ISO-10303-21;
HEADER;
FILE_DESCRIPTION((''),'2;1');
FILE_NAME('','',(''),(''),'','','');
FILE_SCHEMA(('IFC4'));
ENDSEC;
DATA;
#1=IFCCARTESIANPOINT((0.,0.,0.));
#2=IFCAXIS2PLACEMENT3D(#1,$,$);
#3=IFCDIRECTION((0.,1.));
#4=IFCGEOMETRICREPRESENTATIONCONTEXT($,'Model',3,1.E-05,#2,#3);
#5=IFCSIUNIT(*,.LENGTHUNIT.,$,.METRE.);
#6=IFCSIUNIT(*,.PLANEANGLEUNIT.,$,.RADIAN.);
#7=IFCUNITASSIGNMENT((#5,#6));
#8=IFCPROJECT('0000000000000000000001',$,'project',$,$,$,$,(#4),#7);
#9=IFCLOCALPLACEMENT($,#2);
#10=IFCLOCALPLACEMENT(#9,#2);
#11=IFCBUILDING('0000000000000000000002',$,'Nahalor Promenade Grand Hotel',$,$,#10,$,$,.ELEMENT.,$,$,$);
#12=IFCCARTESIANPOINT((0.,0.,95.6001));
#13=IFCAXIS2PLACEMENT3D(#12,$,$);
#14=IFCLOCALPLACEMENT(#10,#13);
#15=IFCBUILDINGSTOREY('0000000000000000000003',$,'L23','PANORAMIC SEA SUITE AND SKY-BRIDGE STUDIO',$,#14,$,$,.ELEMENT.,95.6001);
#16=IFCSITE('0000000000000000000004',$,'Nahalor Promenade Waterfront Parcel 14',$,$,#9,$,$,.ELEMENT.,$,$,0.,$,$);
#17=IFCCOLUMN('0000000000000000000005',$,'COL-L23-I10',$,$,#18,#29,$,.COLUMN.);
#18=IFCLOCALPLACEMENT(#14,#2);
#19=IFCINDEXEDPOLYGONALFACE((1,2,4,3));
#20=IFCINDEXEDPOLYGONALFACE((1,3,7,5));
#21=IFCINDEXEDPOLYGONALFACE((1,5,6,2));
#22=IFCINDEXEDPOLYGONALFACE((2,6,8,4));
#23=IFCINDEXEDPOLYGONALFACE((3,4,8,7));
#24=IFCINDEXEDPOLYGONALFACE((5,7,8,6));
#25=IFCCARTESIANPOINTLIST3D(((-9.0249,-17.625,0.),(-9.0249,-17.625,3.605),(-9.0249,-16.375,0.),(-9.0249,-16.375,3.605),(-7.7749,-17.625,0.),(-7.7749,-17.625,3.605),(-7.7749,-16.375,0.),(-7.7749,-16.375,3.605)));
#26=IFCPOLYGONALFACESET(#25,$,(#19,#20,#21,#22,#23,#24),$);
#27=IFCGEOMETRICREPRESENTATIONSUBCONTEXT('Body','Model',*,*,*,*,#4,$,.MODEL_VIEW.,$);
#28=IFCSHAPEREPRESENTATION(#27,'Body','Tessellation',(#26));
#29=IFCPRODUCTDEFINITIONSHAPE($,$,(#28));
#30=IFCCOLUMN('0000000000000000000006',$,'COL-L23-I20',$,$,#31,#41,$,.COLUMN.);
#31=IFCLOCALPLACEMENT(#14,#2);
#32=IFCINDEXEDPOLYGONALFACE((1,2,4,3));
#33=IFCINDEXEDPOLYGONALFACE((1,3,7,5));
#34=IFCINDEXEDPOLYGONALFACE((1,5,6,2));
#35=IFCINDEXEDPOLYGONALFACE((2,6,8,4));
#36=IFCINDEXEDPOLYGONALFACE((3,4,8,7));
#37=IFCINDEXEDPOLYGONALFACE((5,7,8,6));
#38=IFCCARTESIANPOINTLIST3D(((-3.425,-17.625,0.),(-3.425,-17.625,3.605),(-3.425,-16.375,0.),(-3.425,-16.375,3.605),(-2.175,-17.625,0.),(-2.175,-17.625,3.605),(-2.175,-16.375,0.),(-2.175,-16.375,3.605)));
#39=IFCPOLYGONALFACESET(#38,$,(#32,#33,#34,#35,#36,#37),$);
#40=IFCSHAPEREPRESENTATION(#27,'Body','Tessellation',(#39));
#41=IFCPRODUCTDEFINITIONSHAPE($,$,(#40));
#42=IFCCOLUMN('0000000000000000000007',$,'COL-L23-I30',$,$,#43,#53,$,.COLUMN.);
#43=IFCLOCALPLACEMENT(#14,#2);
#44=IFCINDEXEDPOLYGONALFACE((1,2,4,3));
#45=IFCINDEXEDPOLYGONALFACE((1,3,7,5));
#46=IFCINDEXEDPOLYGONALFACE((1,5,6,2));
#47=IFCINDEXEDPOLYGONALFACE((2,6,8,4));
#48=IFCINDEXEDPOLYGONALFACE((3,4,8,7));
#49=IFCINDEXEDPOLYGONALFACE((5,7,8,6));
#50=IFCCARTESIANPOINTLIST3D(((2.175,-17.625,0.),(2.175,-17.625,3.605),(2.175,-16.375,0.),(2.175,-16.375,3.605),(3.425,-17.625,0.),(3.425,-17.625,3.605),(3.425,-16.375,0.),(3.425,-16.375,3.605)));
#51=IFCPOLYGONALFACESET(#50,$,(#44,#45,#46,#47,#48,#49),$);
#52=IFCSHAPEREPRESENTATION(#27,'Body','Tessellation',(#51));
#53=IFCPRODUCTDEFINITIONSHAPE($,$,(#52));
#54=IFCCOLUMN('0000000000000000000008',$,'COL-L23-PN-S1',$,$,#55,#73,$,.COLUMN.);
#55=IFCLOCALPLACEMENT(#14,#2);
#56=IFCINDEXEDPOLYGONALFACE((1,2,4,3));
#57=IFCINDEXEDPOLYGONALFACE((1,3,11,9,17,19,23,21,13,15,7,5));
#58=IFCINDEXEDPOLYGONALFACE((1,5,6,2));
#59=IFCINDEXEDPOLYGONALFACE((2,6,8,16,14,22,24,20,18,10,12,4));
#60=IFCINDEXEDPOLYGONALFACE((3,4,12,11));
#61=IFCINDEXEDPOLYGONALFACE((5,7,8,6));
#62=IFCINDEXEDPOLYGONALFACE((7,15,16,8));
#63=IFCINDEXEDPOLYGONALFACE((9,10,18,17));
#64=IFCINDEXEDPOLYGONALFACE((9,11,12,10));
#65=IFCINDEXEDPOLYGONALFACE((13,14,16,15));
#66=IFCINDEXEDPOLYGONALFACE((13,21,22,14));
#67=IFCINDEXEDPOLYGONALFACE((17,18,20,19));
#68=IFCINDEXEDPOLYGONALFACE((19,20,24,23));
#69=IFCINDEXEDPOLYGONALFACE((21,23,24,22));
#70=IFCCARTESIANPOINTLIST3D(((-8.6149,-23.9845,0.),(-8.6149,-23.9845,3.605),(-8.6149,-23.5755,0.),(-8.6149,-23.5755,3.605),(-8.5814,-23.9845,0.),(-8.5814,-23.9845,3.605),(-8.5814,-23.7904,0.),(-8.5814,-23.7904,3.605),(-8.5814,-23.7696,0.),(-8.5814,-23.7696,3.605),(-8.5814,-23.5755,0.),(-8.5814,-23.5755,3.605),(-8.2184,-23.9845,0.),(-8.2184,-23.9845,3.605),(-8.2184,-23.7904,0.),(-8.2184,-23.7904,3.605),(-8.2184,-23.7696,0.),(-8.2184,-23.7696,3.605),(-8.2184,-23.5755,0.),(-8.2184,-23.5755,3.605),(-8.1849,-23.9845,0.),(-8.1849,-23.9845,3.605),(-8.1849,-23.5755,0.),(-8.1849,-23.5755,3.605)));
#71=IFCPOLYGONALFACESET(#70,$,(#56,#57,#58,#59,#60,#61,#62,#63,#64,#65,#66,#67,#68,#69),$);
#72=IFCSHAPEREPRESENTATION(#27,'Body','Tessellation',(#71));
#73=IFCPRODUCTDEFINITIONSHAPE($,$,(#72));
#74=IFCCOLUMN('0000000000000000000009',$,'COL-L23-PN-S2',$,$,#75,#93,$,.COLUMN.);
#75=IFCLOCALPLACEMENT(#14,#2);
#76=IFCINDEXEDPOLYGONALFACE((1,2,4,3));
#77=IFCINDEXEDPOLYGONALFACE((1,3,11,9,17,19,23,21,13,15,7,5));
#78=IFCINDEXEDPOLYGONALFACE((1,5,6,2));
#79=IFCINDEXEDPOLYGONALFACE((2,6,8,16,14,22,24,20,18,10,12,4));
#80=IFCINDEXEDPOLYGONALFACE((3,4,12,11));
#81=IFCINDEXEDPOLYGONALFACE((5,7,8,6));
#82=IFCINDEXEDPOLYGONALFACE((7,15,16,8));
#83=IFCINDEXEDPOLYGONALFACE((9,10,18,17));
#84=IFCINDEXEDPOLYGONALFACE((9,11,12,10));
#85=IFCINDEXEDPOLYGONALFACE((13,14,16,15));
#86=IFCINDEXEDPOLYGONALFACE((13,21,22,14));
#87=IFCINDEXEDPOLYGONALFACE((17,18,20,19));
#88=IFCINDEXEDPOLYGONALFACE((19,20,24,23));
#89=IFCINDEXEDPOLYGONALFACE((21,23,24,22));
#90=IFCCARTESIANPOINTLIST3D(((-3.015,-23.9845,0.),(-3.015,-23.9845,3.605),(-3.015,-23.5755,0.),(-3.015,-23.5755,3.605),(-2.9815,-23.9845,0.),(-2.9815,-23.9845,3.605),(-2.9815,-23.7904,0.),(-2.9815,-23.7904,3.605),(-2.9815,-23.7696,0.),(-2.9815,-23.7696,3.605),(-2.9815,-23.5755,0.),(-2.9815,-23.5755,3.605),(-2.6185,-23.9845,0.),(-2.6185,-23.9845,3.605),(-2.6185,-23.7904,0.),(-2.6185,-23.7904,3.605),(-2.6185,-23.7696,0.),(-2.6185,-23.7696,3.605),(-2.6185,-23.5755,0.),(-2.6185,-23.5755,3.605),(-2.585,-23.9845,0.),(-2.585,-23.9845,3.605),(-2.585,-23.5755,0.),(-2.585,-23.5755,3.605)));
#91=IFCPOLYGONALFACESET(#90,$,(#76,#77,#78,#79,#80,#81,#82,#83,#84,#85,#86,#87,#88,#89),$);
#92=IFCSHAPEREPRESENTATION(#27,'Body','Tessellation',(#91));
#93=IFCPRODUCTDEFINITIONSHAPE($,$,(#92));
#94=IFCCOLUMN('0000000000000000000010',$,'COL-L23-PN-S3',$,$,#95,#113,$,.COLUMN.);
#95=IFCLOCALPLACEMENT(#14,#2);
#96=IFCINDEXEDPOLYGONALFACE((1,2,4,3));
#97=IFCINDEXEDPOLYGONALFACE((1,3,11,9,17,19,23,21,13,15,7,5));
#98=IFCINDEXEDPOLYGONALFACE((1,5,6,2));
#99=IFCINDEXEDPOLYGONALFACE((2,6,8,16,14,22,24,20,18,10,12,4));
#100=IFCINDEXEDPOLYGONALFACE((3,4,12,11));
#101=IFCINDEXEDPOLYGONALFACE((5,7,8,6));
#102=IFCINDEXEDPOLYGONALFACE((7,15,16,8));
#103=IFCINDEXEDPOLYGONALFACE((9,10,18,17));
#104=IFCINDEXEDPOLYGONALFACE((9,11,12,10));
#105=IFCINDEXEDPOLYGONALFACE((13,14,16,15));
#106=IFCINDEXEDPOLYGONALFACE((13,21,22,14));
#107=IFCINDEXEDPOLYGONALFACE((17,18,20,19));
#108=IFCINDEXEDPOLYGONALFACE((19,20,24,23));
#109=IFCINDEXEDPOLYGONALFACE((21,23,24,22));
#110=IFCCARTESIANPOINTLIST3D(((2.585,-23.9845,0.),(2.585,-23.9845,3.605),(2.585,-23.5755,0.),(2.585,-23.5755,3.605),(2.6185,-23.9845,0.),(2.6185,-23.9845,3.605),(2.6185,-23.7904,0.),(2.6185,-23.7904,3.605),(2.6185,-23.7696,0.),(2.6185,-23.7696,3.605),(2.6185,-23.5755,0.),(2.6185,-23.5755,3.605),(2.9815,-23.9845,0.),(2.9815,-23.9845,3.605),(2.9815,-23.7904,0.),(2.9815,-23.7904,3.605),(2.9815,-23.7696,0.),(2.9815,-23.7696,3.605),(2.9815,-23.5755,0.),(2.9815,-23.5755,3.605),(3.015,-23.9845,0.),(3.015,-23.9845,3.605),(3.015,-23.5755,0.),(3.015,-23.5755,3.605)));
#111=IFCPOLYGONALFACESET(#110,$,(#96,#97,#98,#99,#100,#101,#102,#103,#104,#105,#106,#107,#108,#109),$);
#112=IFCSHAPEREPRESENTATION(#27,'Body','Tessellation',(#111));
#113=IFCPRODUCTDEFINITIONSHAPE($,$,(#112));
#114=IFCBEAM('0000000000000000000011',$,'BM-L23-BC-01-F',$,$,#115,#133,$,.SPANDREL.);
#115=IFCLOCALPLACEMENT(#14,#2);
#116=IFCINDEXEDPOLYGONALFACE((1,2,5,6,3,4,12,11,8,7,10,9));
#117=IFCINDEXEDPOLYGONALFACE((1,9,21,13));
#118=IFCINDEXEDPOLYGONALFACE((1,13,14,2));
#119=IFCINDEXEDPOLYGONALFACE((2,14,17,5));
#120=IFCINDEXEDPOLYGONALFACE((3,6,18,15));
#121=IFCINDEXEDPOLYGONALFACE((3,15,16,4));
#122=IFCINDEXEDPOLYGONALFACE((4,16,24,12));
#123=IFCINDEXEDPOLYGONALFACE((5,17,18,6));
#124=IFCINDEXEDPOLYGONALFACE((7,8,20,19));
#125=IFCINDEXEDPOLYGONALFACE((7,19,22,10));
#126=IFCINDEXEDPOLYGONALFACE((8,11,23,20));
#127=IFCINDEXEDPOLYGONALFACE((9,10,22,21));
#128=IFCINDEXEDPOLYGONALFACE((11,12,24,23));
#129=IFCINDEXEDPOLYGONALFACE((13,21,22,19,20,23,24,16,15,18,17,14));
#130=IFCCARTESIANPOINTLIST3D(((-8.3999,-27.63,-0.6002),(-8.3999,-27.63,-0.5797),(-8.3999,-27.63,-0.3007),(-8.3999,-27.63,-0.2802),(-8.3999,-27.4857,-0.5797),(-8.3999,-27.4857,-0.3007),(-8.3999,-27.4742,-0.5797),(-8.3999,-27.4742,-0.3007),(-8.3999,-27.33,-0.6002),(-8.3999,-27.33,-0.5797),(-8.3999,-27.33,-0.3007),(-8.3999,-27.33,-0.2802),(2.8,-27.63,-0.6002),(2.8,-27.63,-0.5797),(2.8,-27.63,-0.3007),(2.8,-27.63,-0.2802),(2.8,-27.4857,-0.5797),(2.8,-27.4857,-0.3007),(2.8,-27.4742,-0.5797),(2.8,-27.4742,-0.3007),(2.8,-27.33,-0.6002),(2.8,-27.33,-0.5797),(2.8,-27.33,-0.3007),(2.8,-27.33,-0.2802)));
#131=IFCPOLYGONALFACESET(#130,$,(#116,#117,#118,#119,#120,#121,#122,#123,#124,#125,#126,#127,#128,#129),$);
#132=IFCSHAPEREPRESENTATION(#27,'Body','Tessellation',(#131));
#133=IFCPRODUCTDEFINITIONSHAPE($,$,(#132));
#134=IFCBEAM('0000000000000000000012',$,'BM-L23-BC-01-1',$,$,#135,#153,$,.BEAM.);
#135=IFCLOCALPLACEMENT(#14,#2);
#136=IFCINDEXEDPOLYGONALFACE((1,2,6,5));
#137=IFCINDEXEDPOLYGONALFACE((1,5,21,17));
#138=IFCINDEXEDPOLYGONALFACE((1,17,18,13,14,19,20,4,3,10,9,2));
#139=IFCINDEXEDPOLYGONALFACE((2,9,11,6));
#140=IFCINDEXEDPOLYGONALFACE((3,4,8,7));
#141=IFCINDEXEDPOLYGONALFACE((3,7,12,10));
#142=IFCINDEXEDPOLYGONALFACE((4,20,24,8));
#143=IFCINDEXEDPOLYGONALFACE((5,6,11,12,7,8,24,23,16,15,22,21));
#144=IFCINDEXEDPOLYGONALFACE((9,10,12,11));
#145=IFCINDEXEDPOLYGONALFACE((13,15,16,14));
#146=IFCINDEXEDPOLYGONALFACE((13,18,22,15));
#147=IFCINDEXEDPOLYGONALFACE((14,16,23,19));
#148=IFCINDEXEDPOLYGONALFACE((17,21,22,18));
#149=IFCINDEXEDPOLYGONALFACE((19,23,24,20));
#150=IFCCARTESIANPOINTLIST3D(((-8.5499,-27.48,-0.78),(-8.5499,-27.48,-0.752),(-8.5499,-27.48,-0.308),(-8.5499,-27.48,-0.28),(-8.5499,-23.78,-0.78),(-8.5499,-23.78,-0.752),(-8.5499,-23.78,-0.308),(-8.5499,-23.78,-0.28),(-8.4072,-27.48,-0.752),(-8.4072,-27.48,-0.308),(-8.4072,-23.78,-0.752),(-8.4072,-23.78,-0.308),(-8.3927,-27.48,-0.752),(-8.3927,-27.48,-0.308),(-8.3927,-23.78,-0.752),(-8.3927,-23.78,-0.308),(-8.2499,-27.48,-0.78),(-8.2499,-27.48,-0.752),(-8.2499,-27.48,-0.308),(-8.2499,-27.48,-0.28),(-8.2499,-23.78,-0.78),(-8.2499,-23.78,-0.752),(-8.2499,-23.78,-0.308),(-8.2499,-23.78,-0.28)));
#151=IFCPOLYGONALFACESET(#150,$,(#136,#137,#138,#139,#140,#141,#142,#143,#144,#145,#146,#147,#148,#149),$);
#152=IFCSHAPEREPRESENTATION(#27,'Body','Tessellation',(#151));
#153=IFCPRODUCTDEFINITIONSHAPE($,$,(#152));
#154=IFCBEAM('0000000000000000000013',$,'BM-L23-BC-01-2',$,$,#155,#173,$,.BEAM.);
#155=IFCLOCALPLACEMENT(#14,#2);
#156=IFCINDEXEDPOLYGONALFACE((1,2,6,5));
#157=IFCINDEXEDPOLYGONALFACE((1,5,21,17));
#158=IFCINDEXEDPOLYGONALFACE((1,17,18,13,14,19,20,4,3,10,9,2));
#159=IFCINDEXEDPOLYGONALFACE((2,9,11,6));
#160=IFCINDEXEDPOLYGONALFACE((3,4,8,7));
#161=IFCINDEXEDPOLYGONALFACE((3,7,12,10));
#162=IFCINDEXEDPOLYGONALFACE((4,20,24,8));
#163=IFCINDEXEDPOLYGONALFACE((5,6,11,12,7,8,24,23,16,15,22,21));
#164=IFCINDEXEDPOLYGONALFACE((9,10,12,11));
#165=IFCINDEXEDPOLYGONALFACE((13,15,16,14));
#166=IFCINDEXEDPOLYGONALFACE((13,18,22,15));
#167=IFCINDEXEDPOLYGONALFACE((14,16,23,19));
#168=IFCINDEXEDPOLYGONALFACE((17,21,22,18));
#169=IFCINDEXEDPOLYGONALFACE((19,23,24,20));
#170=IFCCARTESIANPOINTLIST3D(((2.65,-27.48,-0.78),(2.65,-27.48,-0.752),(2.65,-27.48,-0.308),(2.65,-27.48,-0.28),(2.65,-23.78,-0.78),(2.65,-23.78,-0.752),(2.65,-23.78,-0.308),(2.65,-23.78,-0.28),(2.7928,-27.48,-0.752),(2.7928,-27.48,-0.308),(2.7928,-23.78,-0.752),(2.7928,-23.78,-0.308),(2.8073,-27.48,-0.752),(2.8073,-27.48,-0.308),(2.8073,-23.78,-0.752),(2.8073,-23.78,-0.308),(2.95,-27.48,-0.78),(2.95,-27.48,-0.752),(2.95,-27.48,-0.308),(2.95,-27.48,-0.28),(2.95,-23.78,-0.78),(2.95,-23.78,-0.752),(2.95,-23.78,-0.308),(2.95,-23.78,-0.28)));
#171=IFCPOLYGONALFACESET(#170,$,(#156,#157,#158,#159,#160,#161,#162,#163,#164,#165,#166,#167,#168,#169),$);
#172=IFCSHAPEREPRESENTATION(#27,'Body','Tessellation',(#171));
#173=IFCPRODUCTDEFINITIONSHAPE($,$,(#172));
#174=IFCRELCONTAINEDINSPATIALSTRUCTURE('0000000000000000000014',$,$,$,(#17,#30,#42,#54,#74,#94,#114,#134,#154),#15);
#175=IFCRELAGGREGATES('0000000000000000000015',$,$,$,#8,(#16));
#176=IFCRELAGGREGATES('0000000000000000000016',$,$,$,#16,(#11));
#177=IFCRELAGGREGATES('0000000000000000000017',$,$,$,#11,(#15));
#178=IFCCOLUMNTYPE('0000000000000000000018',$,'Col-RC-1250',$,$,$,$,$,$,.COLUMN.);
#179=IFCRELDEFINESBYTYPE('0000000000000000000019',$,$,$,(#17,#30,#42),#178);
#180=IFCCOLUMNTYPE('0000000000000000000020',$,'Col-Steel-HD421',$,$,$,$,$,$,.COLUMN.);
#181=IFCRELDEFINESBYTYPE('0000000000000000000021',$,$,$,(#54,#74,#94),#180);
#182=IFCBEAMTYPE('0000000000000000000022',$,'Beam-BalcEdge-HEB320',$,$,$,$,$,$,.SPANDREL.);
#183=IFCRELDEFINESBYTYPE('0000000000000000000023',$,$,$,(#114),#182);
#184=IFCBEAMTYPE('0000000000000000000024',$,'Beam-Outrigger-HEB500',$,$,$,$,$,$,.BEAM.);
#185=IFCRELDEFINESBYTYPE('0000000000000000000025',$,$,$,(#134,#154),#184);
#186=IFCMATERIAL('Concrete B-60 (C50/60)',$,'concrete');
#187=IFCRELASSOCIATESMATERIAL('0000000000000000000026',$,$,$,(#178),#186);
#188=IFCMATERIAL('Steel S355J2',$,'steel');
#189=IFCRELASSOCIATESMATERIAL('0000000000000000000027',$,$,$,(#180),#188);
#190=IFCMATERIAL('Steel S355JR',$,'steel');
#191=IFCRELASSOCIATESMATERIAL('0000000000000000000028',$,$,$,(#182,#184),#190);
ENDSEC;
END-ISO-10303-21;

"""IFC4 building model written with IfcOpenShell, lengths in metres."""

from ifc_helpers import new_model, si_unit, direction, frame, origin, origin_2d, place, context, subcontext, project, spatial, rectangle, i_section, extrude, source, transform, mapped, material, material_profile, profile_set, type_object, element, save


model = new_model("IFC4")

# Units and contexts
model_context = context("Model", 3, precision=1e-05, world=origin(), true_north=direction((0.0, 1.0)))
body_context = subcontext(model_context, "Body", "Model", "MODEL_VIEW")
ifc_project = project(units=[si_unit("LENGTHUNIT", "METRE"), si_unit("PLANEANGLEUNIT", "RADIAN")], contexts=[model_context])

# Site, building, storey
site_placement = place(None, origin())
site = spatial("IfcSite", under=ifc_project, at=site_placement, Name="Nahalor Promenade Waterfront Parcel 14", CompositionType="ELEMENT", RefElevation=0.0)
building_placement = place(site_placement, origin())
building = spatial("IfcBuilding", under=site, at=building_placement, Name="Nahalor Promenade Grand Hotel", CompositionType="ELEMENT")
storey_placement = place(building_placement, frame((0.0, 0.0, 95.6001)))
storey = spatial("IfcBuildingStorey", under=building, at=storey_placement, Name="L23", Description="PANORAMIC SEA SUITE AND SKY-BRIDGE STUDIO", CompositionType="ELEMENT", Elevation=95.6001)

# Columns
ifc_material_1 = material(Name="Concrete B-60 (C50/60)", Category="concrete")
ifc_material_profile_1 = material_profile(ifc_material_1, rectangle(XDim=1.25, YDim=1.25, at=origin_2d()), Name="RC 1250x1250")
ifc_profile_set_1 = profile_set([ifc_material_profile_1], Name="Concrete B-60 (C50/60)")
column_type_1 = type_object("IfcColumnType", Name="Col-RC-1250", PredefinedType="COLUMN", material=ifc_profile_set_1)
shared_shape_1 = source(origin(), body_context, "Body", "SweptSolid", [
    extrude(rectangle(XDim=1.25, YDim=1.25, at=origin_2d()), origin(), (0.0, 0.0, 1.0), 3.605),
])
for number, where, z_axis, x_axis, name in (
    (1, (-8.3999, -17.0, 0.0), (0.0, 0.0, 1.0), (1.0, 0.0, 0.0), "COL-L23-I10"),
    (2, (-2.8, -17.0, 0.0), (0.0, 0.0, 1.0), (1.0, 0.0, 0.0), "COL-L23-I20"),
    (3, (2.8, -17.0, 0.0), (0.0, 0.0, 1.0), (1.0, 0.0, 0.0), "COL-L23-I30"),
):
    element("IfcColumn", number, at=place(storey_placement, frame(where, z_axis=z_axis, x_axis=x_axis)), inside=storey, type_object=column_type_1, Name=name, PredefinedType="COLUMN", context=body_context, shape_type="MappedRepresentation", body=[
        mapped(shared_shape_1, transform((0.0, 0.0, 0.0), scale=1.0)),
    ])
ifc_material_2 = material(Name="Steel S355J2", Category="steel")
ifc_material_profile_2 = material_profile(ifc_material_2, i_section(OverallWidth=0.409, OverallDepth=0.43, WebThickness=0.0208, FlangeThickness=0.0335, at=origin_2d()), Name="HD 400x421")
ifc_profile_set_2 = profile_set([ifc_material_profile_2], Name="Steel S355J2")
column_type_2 = type_object("IfcColumnType", Name="Col-Steel-HD421", PredefinedType="COLUMN", material=ifc_profile_set_2)
shared_shape_2 = source(origin(), body_context, "Body", "SweptSolid", [
    extrude(i_section(OverallWidth=0.409, OverallDepth=0.43, WebThickness=0.0208, FlangeThickness=0.0335, at=origin_2d()), origin(), (0.0, 0.0, 1.0), 3.605),
])
for number, where, z_axis, x_axis, name in (
    (4, (-8.3999, -23.78, 0.0), (0.0, 0.0, 1.0), (0.0, 1.0, 0.0), "COL-L23-PN-S1"),
    (5, (-2.8, -23.78, 0.0), (0.0, 0.0, 1.0), (0.0, 1.0, 0.0), "COL-L23-PN-S2"),
    (6, (2.8, -23.78, 0.0), (0.0, 0.0, 1.0), (0.0, 1.0, 0.0), "COL-L23-PN-S3"),
):
    element("IfcColumn", number, at=place(storey_placement, frame(where, z_axis=z_axis, x_axis=x_axis)), inside=storey, type_object=column_type_2, Name=name, PredefinedType="COLUMN", context=body_context, shape_type="MappedRepresentation", body=[
        mapped(shared_shape_2, transform((0.0, 0.0, 0.0), scale=1.0)),
    ])

# Beams
ifc_material_3 = material(Name="Steel S355JR", Category="steel")
ifc_material_profile_3 = material_profile(ifc_material_3, i_section(OverallWidth=0.3, OverallDepth=0.32, WebThickness=0.0115, FlangeThickness=0.0205, at=origin_2d()), Name="HEB 320")
ifc_profile_set_3 = profile_set([ifc_material_profile_3], Name="Steel S355JR")
beam_type_1 = type_object("IfcBeamType", Name="Beam-BalcEdge-HEB320", PredefinedType="SPANDREL", material=ifc_profile_set_3)
shared_shape_3 = source(origin(), body_context, "Body", "SweptSolid", [
    extrude(i_section(OverallWidth=0.3, OverallDepth=0.32, WebThickness=0.0115, FlangeThickness=0.0205, at=origin_2d()), origin(), (0.0, 0.0, 1.0), 11.2),
])
beam_1_placement = place(storey_placement, frame((-8.3999, -27.48, -0.4402), z_axis=(1.0, 0.0, 0.0), x_axis=(0.0, 1.0, 0.0)))
element("IfcBeam", 7, at=beam_1_placement, inside=storey, type_object=beam_type_1, Name="BM-L23-BC-01-F", PredefinedType="SPANDREL", context=body_context, shape_type="MappedRepresentation", body=[
    mapped(shared_shape_3, transform((0.0, 0.0, 0.0), scale=1.0)),
])
ifc_material_profile_4 = material_profile(ifc_material_3, i_section(OverallWidth=0.3, OverallDepth=0.5, WebThickness=0.0145, FlangeThickness=0.028, at=origin_2d()), Name="HEB 500")
ifc_profile_set_4 = profile_set([ifc_material_profile_4], Name="Steel S355JR")
beam_type_2 = type_object("IfcBeamType", Name="Beam-Outrigger-HEB500", PredefinedType="BEAM", material=ifc_profile_set_4)
shared_shape_4 = source(origin(), body_context, "Body", "SweptSolid", [
    extrude(i_section(OverallWidth=0.3, OverallDepth=0.5, WebThickness=0.0145, FlangeThickness=0.028, at=origin_2d()), origin(), (0.0, 0.0, 1.0), 3.7),
])
for number, where, z_axis, x_axis, name in (
    (8, (-8.3999, -27.48, -0.53), (0.0, 1.0, 0.0), (-1.0, 0.0, 0.0), "BM-L23-BC-01-1"),
    (9, (2.8, -27.48, -0.53), (0.0, 1.0, 0.0), (-1.0, 0.0, 0.0), "BM-L23-BC-01-2"),
):
    element("IfcBeam", number, at=place(storey_placement, frame(where, z_axis=z_axis, x_axis=x_axis)), inside=storey, type_object=beam_type_2, Name=name, PredefinedType="BEAM", context=body_context, shape_type="MappedRepresentation", body=[
        mapped(shared_shape_4, transform((0.0, 0.0, 0.0), scale=1.0)),
    ])

save(model, "model.ifc")
